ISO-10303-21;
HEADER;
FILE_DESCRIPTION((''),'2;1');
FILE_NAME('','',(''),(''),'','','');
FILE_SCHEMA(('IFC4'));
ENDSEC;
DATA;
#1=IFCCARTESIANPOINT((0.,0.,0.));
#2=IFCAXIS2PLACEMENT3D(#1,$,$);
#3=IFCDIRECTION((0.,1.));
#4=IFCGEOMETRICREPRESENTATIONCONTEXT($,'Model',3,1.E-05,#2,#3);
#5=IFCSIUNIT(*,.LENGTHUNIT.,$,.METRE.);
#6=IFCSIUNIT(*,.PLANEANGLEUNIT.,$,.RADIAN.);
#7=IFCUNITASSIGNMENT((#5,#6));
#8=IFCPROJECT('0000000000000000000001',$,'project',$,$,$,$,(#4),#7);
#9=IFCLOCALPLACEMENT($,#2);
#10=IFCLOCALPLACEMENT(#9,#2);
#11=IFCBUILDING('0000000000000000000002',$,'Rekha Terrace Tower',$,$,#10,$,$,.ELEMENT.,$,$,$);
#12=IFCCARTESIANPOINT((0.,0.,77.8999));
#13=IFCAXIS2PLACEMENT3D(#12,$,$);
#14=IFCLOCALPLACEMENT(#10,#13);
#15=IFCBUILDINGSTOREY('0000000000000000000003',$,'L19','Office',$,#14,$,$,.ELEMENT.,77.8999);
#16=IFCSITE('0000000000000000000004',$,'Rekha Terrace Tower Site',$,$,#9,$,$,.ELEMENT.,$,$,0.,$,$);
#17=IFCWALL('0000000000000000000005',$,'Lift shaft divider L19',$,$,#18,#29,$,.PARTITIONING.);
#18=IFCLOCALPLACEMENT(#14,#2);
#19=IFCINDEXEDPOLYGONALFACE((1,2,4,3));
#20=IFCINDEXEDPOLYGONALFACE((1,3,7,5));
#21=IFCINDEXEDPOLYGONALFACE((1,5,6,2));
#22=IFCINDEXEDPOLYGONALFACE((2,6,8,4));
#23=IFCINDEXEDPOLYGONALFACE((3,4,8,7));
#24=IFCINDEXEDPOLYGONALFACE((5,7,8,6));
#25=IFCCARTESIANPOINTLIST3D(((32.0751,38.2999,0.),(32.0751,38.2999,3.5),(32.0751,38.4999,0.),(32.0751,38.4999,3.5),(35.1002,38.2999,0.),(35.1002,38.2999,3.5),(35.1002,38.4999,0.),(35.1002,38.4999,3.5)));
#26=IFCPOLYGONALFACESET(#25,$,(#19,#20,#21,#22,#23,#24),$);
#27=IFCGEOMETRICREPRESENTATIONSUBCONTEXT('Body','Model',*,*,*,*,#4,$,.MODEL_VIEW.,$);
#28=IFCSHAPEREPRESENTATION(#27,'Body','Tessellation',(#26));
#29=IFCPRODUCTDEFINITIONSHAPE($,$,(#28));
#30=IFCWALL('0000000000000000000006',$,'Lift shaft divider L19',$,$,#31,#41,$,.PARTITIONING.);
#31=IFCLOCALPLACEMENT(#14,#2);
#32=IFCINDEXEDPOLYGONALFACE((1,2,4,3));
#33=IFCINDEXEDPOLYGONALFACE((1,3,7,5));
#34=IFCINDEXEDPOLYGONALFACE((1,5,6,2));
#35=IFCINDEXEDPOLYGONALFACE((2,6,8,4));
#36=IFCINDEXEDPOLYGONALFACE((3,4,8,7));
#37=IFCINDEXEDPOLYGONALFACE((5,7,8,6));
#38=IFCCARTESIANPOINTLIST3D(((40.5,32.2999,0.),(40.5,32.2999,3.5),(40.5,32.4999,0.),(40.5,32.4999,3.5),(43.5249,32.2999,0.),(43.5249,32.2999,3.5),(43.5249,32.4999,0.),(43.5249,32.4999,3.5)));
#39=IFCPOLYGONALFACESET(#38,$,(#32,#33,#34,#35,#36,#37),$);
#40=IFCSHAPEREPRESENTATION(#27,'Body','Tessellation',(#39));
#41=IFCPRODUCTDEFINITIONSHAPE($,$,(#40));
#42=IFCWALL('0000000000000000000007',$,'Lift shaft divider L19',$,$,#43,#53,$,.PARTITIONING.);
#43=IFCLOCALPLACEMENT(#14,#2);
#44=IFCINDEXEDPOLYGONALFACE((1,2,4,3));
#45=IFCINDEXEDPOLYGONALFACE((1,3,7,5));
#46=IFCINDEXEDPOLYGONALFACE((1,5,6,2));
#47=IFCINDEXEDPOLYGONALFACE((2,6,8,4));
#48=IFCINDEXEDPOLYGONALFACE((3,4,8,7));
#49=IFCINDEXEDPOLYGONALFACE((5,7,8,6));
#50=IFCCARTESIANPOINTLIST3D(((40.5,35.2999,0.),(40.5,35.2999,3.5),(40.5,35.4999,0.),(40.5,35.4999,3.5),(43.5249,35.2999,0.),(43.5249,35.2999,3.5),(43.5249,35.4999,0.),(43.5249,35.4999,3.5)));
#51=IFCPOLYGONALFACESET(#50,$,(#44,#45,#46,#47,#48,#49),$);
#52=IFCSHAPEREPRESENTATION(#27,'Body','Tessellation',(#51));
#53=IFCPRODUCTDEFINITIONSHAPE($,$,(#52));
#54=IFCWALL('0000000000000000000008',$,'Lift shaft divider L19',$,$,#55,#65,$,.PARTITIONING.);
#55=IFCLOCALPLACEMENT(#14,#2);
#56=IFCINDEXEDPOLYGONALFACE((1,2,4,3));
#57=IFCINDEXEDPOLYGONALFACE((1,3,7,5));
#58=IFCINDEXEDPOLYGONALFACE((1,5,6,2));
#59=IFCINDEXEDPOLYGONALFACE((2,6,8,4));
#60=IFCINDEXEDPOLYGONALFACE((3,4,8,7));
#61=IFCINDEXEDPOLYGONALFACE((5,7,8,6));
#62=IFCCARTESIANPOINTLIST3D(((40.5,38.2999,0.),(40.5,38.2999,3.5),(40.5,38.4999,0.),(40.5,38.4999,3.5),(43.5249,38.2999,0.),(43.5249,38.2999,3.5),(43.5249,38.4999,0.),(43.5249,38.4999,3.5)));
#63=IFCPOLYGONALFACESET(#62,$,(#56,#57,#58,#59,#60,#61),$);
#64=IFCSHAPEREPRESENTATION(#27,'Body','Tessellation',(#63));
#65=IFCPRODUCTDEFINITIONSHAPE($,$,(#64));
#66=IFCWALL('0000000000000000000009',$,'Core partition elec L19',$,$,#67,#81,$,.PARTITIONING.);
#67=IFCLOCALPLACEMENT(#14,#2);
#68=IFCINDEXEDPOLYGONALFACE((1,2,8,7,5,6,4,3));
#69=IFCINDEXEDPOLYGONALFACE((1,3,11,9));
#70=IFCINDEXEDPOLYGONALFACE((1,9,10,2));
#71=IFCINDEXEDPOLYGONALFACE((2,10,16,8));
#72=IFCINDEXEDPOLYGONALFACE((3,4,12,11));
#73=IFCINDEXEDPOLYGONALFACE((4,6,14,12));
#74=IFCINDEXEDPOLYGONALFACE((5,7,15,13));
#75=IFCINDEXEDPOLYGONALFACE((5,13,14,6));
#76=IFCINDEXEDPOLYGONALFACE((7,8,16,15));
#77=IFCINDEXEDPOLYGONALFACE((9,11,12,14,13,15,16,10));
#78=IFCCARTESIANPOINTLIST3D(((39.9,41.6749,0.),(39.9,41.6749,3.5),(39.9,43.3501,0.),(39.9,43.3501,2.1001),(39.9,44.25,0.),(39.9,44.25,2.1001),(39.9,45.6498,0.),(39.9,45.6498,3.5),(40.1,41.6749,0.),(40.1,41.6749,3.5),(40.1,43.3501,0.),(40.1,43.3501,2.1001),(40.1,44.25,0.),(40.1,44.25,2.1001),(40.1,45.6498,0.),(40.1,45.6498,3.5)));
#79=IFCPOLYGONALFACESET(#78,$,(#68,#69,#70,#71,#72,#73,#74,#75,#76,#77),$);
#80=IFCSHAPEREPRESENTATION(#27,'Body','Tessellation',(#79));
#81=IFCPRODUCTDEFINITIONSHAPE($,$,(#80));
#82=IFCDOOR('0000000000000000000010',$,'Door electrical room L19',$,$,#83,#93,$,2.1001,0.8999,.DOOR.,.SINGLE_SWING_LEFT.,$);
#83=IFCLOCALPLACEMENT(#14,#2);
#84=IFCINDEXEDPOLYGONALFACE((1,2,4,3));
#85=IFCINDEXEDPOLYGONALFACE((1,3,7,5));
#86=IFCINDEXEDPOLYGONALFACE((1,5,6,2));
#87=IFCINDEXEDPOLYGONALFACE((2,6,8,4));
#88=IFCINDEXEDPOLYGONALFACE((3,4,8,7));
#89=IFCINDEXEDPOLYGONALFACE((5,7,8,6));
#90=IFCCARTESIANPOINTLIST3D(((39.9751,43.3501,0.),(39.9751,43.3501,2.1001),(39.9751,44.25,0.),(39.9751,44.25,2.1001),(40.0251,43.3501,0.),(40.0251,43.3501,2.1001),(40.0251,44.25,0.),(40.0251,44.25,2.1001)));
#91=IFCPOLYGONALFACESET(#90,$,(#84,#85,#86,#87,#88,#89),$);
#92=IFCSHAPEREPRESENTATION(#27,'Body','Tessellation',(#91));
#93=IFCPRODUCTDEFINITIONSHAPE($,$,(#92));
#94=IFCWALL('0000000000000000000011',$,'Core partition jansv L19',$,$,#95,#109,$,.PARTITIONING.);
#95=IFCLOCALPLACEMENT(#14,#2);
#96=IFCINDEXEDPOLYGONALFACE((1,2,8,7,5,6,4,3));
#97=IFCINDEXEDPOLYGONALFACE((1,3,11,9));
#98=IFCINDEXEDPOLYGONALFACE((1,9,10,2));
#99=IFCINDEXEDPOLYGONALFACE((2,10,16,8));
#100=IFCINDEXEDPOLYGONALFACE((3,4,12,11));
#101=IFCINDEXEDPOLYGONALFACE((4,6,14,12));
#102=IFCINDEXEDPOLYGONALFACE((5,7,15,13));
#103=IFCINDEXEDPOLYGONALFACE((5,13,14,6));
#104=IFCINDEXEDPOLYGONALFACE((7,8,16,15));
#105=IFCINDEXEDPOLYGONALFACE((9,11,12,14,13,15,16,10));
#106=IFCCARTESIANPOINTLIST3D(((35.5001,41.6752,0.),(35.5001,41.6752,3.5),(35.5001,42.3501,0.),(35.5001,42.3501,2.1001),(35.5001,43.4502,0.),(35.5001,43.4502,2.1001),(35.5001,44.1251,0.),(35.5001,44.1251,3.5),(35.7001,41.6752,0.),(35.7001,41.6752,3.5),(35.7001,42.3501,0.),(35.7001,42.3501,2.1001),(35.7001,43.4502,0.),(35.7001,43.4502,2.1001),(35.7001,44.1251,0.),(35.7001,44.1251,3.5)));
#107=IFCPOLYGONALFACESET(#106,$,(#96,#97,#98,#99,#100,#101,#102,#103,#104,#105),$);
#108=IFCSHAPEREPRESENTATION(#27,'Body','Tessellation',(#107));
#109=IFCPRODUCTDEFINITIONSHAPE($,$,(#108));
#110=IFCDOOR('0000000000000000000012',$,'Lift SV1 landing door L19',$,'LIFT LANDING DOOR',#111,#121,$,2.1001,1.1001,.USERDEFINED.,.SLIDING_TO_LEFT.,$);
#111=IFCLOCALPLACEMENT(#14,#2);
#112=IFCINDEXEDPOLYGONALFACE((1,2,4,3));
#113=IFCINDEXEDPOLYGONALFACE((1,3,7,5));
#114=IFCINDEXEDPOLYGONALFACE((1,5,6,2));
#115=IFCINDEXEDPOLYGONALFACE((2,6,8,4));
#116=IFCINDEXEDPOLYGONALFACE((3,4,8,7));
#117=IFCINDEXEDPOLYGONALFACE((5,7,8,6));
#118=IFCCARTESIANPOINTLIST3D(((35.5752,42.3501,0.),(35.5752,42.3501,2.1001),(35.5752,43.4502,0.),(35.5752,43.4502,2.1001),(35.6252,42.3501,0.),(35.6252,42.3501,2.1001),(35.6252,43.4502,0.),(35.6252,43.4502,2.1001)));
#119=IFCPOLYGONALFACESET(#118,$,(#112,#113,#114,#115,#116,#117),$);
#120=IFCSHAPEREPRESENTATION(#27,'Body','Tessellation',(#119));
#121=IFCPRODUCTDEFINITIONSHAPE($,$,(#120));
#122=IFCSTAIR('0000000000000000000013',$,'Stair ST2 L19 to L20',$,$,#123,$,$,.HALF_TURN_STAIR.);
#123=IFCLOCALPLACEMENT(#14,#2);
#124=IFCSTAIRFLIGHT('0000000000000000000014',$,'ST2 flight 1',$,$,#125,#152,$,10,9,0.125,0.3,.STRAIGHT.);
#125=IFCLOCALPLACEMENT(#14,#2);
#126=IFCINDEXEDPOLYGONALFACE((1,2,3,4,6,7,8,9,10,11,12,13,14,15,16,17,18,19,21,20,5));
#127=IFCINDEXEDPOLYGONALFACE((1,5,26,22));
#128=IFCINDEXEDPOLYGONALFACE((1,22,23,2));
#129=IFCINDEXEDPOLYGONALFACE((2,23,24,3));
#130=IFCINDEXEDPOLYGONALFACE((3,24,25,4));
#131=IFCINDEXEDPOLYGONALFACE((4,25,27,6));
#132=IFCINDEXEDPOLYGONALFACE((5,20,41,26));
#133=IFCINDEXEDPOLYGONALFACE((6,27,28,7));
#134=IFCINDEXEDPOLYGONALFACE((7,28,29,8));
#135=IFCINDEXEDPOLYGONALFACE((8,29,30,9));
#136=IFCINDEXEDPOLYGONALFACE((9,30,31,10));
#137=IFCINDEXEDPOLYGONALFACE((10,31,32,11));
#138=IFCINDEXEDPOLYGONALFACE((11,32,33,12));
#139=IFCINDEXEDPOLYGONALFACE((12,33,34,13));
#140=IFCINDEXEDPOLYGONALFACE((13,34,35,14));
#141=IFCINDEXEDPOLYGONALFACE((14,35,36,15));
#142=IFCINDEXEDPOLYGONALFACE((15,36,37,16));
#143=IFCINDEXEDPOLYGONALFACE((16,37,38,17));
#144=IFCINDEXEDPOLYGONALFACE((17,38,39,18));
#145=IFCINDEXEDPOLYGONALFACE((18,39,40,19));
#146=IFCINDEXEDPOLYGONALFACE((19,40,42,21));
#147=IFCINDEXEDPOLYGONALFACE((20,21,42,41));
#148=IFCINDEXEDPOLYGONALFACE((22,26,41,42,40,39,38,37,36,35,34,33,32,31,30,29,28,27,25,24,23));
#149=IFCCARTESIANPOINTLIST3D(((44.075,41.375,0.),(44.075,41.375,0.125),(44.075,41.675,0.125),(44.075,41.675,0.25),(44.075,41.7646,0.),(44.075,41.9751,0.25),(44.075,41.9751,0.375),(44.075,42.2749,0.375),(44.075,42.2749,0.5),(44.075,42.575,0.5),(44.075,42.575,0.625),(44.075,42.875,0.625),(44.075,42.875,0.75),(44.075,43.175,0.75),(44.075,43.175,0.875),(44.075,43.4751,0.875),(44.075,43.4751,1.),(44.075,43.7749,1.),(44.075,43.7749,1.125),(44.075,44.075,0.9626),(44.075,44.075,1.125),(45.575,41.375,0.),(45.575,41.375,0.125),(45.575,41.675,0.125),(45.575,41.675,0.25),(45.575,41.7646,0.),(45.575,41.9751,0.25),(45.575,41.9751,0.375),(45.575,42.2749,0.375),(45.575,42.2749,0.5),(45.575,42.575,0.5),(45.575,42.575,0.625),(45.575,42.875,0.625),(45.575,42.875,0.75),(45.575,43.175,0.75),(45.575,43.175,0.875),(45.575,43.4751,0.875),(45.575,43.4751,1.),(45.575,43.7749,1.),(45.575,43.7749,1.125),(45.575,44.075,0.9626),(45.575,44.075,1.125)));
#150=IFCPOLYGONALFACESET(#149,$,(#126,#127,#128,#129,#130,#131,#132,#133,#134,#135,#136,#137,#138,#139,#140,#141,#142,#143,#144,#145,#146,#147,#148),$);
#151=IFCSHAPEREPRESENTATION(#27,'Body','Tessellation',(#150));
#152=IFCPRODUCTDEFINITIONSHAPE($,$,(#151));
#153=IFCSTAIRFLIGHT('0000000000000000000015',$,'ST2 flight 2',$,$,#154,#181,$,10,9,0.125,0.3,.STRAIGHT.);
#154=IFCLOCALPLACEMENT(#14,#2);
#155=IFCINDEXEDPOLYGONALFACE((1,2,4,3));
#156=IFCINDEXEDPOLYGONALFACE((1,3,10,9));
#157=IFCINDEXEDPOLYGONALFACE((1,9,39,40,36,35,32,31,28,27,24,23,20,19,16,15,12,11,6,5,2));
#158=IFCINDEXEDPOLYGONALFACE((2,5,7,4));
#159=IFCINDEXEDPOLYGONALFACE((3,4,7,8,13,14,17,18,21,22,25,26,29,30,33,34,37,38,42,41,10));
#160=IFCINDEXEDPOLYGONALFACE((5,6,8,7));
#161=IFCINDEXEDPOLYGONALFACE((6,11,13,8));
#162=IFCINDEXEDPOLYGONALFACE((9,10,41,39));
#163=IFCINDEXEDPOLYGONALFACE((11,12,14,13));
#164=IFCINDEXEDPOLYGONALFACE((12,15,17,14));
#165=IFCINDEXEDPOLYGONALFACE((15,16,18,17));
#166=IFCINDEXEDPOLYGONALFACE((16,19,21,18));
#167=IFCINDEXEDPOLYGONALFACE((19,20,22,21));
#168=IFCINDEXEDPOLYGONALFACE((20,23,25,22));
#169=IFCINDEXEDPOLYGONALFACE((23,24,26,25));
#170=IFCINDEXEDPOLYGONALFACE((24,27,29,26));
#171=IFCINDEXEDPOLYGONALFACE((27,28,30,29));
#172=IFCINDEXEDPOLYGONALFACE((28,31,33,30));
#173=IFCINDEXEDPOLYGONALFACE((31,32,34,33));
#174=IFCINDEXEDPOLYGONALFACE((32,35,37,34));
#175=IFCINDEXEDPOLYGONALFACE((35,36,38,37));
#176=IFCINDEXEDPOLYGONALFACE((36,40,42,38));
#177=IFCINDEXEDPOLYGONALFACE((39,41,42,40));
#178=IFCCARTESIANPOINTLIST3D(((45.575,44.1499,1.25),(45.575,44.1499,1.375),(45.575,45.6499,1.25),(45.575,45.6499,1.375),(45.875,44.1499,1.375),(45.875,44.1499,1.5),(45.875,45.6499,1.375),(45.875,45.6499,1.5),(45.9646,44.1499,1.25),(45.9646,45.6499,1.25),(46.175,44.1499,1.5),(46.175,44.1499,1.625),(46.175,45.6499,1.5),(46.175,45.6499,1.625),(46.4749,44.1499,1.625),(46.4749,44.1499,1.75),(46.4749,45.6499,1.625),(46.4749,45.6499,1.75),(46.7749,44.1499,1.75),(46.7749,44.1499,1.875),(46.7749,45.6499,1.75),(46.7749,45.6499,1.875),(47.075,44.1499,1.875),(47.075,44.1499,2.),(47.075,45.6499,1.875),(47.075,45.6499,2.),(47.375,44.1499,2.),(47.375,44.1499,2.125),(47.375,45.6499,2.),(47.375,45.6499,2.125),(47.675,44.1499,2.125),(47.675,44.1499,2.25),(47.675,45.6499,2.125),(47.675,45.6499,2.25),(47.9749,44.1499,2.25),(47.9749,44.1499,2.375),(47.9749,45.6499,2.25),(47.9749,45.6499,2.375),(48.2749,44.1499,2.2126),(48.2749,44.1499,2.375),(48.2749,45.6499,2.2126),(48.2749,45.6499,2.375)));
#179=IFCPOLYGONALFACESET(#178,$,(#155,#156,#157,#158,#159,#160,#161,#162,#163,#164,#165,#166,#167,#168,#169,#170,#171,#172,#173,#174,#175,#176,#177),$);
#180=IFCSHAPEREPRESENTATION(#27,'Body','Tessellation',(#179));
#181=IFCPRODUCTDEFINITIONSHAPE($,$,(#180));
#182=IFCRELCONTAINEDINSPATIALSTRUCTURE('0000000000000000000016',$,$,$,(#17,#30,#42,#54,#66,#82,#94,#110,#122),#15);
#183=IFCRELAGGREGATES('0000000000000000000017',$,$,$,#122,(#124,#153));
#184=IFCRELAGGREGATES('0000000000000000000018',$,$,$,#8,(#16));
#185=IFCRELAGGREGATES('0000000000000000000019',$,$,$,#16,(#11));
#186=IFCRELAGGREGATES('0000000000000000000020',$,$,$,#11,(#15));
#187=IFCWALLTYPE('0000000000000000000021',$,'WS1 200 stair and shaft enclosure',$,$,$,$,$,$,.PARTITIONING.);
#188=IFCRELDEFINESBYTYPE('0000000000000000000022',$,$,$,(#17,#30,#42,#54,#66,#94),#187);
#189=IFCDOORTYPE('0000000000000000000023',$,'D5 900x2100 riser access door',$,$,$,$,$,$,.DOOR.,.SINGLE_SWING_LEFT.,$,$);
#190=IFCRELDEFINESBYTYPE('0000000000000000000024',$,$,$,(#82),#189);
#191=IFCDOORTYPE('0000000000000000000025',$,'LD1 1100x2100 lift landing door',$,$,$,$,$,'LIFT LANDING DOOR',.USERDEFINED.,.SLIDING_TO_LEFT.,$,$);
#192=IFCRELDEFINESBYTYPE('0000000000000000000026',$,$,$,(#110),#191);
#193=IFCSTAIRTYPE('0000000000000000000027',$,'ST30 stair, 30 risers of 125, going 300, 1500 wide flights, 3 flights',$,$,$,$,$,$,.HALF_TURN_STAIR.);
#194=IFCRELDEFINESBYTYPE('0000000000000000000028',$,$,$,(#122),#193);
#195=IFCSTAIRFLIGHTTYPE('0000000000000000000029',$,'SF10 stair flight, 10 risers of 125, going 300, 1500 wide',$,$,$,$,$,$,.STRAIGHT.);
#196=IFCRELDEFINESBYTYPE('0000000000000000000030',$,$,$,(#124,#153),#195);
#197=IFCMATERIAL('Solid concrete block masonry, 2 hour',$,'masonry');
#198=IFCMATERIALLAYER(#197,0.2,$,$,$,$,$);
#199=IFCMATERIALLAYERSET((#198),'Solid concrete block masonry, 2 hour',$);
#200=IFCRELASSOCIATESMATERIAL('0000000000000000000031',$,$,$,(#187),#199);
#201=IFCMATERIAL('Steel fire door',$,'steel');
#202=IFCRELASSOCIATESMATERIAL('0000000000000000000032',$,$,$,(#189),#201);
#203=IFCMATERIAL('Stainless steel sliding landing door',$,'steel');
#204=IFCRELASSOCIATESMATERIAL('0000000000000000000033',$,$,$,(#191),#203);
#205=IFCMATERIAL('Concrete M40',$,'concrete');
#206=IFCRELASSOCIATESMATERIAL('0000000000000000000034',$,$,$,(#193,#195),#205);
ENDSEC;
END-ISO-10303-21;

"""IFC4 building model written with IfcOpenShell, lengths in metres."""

from ifc_helpers import new_model, si_unit, direction, frame, frame_2d, origin, place, context, subcontext, project, spatial, polyline, rectangle, outline, extrude, material, layer, layer_set, type_object, element, fill, aggregate, save


model = new_model("IFC4")

# Units and contexts
model_context = context("Model", 3, precision=1e-05, world=origin(), true_north=direction((0.0, 1.0)))
body_context = subcontext(model_context, "Body", "Model", "MODEL_VIEW")
ifc_project = project(units=[si_unit("LENGTHUNIT", "METRE"), si_unit("PLANEANGLEUNIT", "RADIAN")], contexts=[model_context])

# Site, building, storey
site_placement = place(None, origin())
site = spatial("IfcSite", under=ifc_project, at=site_placement, Name="Rekha Terrace Tower Site", CompositionType="ELEMENT", RefElevation=0.0)
building_placement = place(site_placement, origin())
building = spatial("IfcBuilding", under=site, at=building_placement, Name="Rekha Terrace Tower", CompositionType="ELEMENT")
storey_placement = place(building_placement, frame((0.0, 0.0, 77.8999)))
storey = spatial("IfcBuildingStorey", under=building, at=storey_placement, Name="L19", Description="Office", CompositionType="ELEMENT", Elevation=77.8999)

# Shared definitions
ifc_material_1 = material(Name="Stainless steel sliding landing door", Category="steel")
ifc_material_2 = material(Name="Steel fire door", Category="steel")

# Walls
ifc_material_3 = material(Name="Solid concrete block masonry, 2 hour", Category="masonry")
ifc_layer_1 = layer(ifc_material_3, 0.2)
ifc_layer_set_1 = layer_set([ifc_layer_1], Name="Solid concrete block masonry, 2 hour")
wall_type_1 = type_object("IfcWallType", Name="WS1 200 stair and shaft enclosure", PredefinedType="PARTITIONING", material=ifc_layer_set_1)
for number, where, z_axis, x_axis, name in (
    (1, (32.075, 38.3999, 0.0), (0.0, 0.0, 1.0), (1.0, 0.0, 0.0), "Lift shaft divider L19"),
):
    element("IfcWall", number, at=place(storey_placement, frame(where, z_axis=z_axis, x_axis=x_axis)), inside=storey, type_object=wall_type_1, Name=name, PredefinedType="PARTITIONING", context=body_context, shape_type="SweptSolid", body=[
        extrude(rectangle(XDim=3.0251, YDim=0.2, at=frame_2d((1.5127, 0.0))), origin(), (0.0, 0.0, 1.0), 3.5),
    ])
for number, where, z_axis, x_axis, name in (
    (2, (40.5, 32.3999, 0.0), (0.0, 0.0, 1.0), (1.0, 0.0, 0.0), "Lift shaft divider L19"),
    (3, (40.5, 35.3999, 0.0), (0.0, 0.0, 1.0), (1.0, 0.0, 0.0), "Lift shaft divider L19"),
    (4, (40.5, 38.3999, 0.0), (0.0, 0.0, 1.0), (1.0, 0.0, 0.0), "Lift shaft divider L19"),
):
    element("IfcWall", number, at=place(storey_placement, frame(where, z_axis=z_axis, x_axis=x_axis)), inside=storey, type_object=wall_type_1, Name=name, PredefinedType="PARTITIONING", context=body_context, shape_type="SweptSolid", body=[
        extrude(rectangle(XDim=3.0249, YDim=0.2, at=frame_2d((1.5125, 0.0))), origin(), (0.0, 0.0, 1.0), 3.5),
    ])

# Walls, openings, doors
wall_1_placement = place(storey_placement, frame((40.0, 41.675, 0.0), z_axis=(0.0, 0.0, 1.0), x_axis=(0.0, 1.0, 0.0)))
wall_1 = element("IfcWall", 5, at=wall_1_placement, inside=storey, type_object=wall_type_1, Name="Core partition elec L19", PredefinedType="PARTITIONING", context=body_context, shape_type="SweptSolid", body=[
    extrude(rectangle(XDim=3.9749, YDim=0.2, at=frame_2d((1.9873, 0.0))), origin(), (0.0, 0.0, 1.0), 3.5),
])
opening_1_placement = place(wall_1_placement, frame((1.675, 0.0, 0.0)))
opening_1 = element("IfcOpeningElement", 6, at=opening_1_placement, cuts=wall_1, PredefinedType="OPENING", context=body_context, shape_type="SweptSolid", body=[
    extrude(rectangle(XDim=0.8999, YDim=2.1001, at=frame_2d((0.45, 1.05))), frame((0.0, 0.1099, 0.0), z_axis=(0.0, -1.0, 0.0), x_axis=(1.0, 0.0, 0.0)), (0.0, 0.0, 1.0), 0.22),
])
door_type_1 = type_object("IfcDoorType", Name="D5 900x2100 riser access door", OperationType="SINGLE_SWING_LEFT", PredefinedType="DOOR", material=ifc_material_2)
door_1_placement = place(opening_1_placement, origin())
door_1 = element("IfcDoor", 7, at=door_1_placement, inside=storey, type_object=door_type_1, Name="Door electrical room L19", OperationType="SINGLE_SWING_LEFT", OverallHeight=2.1001, OverallWidth=0.8999, PredefinedType="DOOR", context=body_context, shape_type="SweptSolid", body=[
    extrude(rectangle(XDim=0.8999, YDim=2.1001, at=frame_2d((0.45, 1.05))), frame((0.0, 0.0249, 0.0), z_axis=(0.0, -1.0, 0.0), x_axis=(1.0, 0.0, 0.0)), (0.0, 0.0, 1.0), 0.05),
])
fill(opening_1, door_1)
wall_2_placement = place(storey_placement, frame((35.6001, 41.675, 0.0), z_axis=(0.0, 0.0, 1.0), x_axis=(0.0, 1.0, 0.0)))
wall_2 = element("IfcWall", 8, at=wall_2_placement, inside=storey, type_object=wall_type_1, Name="Core partition jansv L19", PredefinedType="PARTITIONING", context=body_context, shape_type="SweptSolid", body=[
    extrude(rectangle(XDim=2.45, YDim=0.2, at=frame_2d((1.2251, 0.0))), origin(), (0.0, 0.0, 1.0), 3.5),
])
opening_2_placement = place(wall_2_placement, frame((0.675, 0.0, 0.0)))
opening_2 = element("IfcOpeningElement", 9, at=opening_2_placement, cuts=wall_2, PredefinedType="OPENING", context=body_context, shape_type="SweptSolid", body=[
    extrude(rectangle(XDim=1.1001, YDim=2.1001, at=frame_2d((0.55, 1.05))), frame((0.0, 0.1099, 0.0), z_axis=(0.0, -1.0, 0.0), x_axis=(1.0, 0.0, 0.0)), (0.0, 0.0, 1.0), 0.22),
])
door_type_2 = type_object("IfcDoorType", Name="LD1 1100x2100 lift landing door", ElementType="LIFT LANDING DOOR", OperationType="SLIDING_TO_LEFT", PredefinedType="USERDEFINED", material=ifc_material_1)
door_2_placement = place(opening_2_placement, origin())
door_2 = element("IfcDoor", 10, at=door_2_placement, inside=storey, type_object=door_type_2, Name="Lift SV1 landing door L19", ObjectType="LIFT LANDING DOOR", OperationType="SLIDING_TO_LEFT", OverallHeight=2.1001, OverallWidth=1.1001, PredefinedType="USERDEFINED", context=body_context, shape_type="SweptSolid", body=[
    extrude(rectangle(XDim=1.1001, YDim=2.1001, at=frame_2d((0.55, 1.05))), frame((0.0, 0.0249, 0.0), z_axis=(0.0, -1.0, 0.0), x_axis=(1.0, 0.0, 0.0)), (0.0, 0.0, 1.0), 0.05),
])
fill(opening_2, door_2)

# Stair, stair flights
ifc_material_4 = material(Name="Concrete M40", Category="concrete")
stair_type = type_object("IfcStairType", Name="ST30 stair, 30 risers of 125, going 300, 1500 wide flights, 3 flights", PredefinedType="HALF_TURN_STAIR", material=ifc_material_4)
stair_placement = place(storey_placement, origin())
stair = element("IfcStair", 11, at=stair_placement, inside=storey, type_object=stair_type, Name="Stair ST2 L19 to L20", PredefinedType="HALF_TURN_STAIR")
stair_flight_type = type_object("IfcStairFlightType", Name="SF10 stair flight, 10 risers of 125, going 300, 1500 wide", PredefinedType="STRAIGHT", material=ifc_material_4)
stair_flight_1_placement = place(storey_placement, frame((44.825, 41.375, 0.0), z_axis=(0.0, 0.0, 1.0), x_axis=(0.0, 1.0, 0.0)))
stair_flight_1 = element("IfcStairFlight", 12, at=stair_flight_1_placement, type_object=stair_flight_type, Name="ST2 flight 1", NumberOfRisers=10, NumberOfTreads=9, PredefinedType="STRAIGHT", RiserHeight=0.125, TreadLength=0.3, context=body_context, shape_type="SweptSolid", body=[
    extrude(outline(polyline([(0.0, 0.0), (0.0, 0.125), (0.3, 0.125), (0.3, 0.25), (0.6001, 0.25), (0.6001, 0.375), (0.8999, 0.375), (0.8999, 0.5), (1.2, 0.5), (1.2, 0.625), (1.5, 0.625), (1.5, 0.75), (1.8, 0.75), (1.8, 0.875), (2.1001, 0.875), (2.1001, 1.0), (2.3999, 1.0), (2.3999, 1.125), (2.7, 1.125), (2.7, 1.25), (2.7, 0.9626), (0.3896, 0.0), (0.0, 0.0)])), frame((0.0, 0.75, 0.0), z_axis=(0.0, -1.0, 0.0), x_axis=(1.0, 0.0, 0.0)), (0.0, 0.0, 1.0), 1.5),
])
stair_flight_2_placement = place(storey_placement, frame((45.575, 44.8999, 1.25), z_axis=(0.0, 0.0, 1.0), x_axis=(1.0, 0.0, 0.0)))
stair_flight_2 = element("IfcStairFlight", 13, at=stair_flight_2_placement, type_object=stair_flight_type, Name="ST2 flight 2", NumberOfRisers=10, NumberOfTreads=9, PredefinedType="STRAIGHT", RiserHeight=0.125, TreadLength=0.3, context=body_context, shape_type="SweptSolid", body=[
    extrude(outline(polyline([(0.0, 0.0), (0.0, 0.125), (0.3, 0.125), (0.3, 0.25), (0.6001, 0.25), (0.6001, 0.375), (0.8999, 0.375), (0.8999, 0.5), (1.2, 0.5), (1.2, 0.625), (1.5, 0.625), (1.5, 0.75), (1.8, 0.75), (1.8, 0.875), (2.1001, 0.875), (2.1001, 1.0), (2.3999, 1.0), (2.3999, 1.125), (2.7, 1.125), (2.7, 1.25), (2.7, 0.9626), (0.3896, 0.0), (0.0, 0.0)])), frame((0.0, 0.75, 0.0), z_axis=(0.0, -1.0, 0.0), x_axis=(1.0, 0.0, 0.0)), (0.0, 0.0, 1.0), 1.5),
])
aggregate(stair, [stair_flight_1, stair_flight_2])

save(model, "model.ifc")
